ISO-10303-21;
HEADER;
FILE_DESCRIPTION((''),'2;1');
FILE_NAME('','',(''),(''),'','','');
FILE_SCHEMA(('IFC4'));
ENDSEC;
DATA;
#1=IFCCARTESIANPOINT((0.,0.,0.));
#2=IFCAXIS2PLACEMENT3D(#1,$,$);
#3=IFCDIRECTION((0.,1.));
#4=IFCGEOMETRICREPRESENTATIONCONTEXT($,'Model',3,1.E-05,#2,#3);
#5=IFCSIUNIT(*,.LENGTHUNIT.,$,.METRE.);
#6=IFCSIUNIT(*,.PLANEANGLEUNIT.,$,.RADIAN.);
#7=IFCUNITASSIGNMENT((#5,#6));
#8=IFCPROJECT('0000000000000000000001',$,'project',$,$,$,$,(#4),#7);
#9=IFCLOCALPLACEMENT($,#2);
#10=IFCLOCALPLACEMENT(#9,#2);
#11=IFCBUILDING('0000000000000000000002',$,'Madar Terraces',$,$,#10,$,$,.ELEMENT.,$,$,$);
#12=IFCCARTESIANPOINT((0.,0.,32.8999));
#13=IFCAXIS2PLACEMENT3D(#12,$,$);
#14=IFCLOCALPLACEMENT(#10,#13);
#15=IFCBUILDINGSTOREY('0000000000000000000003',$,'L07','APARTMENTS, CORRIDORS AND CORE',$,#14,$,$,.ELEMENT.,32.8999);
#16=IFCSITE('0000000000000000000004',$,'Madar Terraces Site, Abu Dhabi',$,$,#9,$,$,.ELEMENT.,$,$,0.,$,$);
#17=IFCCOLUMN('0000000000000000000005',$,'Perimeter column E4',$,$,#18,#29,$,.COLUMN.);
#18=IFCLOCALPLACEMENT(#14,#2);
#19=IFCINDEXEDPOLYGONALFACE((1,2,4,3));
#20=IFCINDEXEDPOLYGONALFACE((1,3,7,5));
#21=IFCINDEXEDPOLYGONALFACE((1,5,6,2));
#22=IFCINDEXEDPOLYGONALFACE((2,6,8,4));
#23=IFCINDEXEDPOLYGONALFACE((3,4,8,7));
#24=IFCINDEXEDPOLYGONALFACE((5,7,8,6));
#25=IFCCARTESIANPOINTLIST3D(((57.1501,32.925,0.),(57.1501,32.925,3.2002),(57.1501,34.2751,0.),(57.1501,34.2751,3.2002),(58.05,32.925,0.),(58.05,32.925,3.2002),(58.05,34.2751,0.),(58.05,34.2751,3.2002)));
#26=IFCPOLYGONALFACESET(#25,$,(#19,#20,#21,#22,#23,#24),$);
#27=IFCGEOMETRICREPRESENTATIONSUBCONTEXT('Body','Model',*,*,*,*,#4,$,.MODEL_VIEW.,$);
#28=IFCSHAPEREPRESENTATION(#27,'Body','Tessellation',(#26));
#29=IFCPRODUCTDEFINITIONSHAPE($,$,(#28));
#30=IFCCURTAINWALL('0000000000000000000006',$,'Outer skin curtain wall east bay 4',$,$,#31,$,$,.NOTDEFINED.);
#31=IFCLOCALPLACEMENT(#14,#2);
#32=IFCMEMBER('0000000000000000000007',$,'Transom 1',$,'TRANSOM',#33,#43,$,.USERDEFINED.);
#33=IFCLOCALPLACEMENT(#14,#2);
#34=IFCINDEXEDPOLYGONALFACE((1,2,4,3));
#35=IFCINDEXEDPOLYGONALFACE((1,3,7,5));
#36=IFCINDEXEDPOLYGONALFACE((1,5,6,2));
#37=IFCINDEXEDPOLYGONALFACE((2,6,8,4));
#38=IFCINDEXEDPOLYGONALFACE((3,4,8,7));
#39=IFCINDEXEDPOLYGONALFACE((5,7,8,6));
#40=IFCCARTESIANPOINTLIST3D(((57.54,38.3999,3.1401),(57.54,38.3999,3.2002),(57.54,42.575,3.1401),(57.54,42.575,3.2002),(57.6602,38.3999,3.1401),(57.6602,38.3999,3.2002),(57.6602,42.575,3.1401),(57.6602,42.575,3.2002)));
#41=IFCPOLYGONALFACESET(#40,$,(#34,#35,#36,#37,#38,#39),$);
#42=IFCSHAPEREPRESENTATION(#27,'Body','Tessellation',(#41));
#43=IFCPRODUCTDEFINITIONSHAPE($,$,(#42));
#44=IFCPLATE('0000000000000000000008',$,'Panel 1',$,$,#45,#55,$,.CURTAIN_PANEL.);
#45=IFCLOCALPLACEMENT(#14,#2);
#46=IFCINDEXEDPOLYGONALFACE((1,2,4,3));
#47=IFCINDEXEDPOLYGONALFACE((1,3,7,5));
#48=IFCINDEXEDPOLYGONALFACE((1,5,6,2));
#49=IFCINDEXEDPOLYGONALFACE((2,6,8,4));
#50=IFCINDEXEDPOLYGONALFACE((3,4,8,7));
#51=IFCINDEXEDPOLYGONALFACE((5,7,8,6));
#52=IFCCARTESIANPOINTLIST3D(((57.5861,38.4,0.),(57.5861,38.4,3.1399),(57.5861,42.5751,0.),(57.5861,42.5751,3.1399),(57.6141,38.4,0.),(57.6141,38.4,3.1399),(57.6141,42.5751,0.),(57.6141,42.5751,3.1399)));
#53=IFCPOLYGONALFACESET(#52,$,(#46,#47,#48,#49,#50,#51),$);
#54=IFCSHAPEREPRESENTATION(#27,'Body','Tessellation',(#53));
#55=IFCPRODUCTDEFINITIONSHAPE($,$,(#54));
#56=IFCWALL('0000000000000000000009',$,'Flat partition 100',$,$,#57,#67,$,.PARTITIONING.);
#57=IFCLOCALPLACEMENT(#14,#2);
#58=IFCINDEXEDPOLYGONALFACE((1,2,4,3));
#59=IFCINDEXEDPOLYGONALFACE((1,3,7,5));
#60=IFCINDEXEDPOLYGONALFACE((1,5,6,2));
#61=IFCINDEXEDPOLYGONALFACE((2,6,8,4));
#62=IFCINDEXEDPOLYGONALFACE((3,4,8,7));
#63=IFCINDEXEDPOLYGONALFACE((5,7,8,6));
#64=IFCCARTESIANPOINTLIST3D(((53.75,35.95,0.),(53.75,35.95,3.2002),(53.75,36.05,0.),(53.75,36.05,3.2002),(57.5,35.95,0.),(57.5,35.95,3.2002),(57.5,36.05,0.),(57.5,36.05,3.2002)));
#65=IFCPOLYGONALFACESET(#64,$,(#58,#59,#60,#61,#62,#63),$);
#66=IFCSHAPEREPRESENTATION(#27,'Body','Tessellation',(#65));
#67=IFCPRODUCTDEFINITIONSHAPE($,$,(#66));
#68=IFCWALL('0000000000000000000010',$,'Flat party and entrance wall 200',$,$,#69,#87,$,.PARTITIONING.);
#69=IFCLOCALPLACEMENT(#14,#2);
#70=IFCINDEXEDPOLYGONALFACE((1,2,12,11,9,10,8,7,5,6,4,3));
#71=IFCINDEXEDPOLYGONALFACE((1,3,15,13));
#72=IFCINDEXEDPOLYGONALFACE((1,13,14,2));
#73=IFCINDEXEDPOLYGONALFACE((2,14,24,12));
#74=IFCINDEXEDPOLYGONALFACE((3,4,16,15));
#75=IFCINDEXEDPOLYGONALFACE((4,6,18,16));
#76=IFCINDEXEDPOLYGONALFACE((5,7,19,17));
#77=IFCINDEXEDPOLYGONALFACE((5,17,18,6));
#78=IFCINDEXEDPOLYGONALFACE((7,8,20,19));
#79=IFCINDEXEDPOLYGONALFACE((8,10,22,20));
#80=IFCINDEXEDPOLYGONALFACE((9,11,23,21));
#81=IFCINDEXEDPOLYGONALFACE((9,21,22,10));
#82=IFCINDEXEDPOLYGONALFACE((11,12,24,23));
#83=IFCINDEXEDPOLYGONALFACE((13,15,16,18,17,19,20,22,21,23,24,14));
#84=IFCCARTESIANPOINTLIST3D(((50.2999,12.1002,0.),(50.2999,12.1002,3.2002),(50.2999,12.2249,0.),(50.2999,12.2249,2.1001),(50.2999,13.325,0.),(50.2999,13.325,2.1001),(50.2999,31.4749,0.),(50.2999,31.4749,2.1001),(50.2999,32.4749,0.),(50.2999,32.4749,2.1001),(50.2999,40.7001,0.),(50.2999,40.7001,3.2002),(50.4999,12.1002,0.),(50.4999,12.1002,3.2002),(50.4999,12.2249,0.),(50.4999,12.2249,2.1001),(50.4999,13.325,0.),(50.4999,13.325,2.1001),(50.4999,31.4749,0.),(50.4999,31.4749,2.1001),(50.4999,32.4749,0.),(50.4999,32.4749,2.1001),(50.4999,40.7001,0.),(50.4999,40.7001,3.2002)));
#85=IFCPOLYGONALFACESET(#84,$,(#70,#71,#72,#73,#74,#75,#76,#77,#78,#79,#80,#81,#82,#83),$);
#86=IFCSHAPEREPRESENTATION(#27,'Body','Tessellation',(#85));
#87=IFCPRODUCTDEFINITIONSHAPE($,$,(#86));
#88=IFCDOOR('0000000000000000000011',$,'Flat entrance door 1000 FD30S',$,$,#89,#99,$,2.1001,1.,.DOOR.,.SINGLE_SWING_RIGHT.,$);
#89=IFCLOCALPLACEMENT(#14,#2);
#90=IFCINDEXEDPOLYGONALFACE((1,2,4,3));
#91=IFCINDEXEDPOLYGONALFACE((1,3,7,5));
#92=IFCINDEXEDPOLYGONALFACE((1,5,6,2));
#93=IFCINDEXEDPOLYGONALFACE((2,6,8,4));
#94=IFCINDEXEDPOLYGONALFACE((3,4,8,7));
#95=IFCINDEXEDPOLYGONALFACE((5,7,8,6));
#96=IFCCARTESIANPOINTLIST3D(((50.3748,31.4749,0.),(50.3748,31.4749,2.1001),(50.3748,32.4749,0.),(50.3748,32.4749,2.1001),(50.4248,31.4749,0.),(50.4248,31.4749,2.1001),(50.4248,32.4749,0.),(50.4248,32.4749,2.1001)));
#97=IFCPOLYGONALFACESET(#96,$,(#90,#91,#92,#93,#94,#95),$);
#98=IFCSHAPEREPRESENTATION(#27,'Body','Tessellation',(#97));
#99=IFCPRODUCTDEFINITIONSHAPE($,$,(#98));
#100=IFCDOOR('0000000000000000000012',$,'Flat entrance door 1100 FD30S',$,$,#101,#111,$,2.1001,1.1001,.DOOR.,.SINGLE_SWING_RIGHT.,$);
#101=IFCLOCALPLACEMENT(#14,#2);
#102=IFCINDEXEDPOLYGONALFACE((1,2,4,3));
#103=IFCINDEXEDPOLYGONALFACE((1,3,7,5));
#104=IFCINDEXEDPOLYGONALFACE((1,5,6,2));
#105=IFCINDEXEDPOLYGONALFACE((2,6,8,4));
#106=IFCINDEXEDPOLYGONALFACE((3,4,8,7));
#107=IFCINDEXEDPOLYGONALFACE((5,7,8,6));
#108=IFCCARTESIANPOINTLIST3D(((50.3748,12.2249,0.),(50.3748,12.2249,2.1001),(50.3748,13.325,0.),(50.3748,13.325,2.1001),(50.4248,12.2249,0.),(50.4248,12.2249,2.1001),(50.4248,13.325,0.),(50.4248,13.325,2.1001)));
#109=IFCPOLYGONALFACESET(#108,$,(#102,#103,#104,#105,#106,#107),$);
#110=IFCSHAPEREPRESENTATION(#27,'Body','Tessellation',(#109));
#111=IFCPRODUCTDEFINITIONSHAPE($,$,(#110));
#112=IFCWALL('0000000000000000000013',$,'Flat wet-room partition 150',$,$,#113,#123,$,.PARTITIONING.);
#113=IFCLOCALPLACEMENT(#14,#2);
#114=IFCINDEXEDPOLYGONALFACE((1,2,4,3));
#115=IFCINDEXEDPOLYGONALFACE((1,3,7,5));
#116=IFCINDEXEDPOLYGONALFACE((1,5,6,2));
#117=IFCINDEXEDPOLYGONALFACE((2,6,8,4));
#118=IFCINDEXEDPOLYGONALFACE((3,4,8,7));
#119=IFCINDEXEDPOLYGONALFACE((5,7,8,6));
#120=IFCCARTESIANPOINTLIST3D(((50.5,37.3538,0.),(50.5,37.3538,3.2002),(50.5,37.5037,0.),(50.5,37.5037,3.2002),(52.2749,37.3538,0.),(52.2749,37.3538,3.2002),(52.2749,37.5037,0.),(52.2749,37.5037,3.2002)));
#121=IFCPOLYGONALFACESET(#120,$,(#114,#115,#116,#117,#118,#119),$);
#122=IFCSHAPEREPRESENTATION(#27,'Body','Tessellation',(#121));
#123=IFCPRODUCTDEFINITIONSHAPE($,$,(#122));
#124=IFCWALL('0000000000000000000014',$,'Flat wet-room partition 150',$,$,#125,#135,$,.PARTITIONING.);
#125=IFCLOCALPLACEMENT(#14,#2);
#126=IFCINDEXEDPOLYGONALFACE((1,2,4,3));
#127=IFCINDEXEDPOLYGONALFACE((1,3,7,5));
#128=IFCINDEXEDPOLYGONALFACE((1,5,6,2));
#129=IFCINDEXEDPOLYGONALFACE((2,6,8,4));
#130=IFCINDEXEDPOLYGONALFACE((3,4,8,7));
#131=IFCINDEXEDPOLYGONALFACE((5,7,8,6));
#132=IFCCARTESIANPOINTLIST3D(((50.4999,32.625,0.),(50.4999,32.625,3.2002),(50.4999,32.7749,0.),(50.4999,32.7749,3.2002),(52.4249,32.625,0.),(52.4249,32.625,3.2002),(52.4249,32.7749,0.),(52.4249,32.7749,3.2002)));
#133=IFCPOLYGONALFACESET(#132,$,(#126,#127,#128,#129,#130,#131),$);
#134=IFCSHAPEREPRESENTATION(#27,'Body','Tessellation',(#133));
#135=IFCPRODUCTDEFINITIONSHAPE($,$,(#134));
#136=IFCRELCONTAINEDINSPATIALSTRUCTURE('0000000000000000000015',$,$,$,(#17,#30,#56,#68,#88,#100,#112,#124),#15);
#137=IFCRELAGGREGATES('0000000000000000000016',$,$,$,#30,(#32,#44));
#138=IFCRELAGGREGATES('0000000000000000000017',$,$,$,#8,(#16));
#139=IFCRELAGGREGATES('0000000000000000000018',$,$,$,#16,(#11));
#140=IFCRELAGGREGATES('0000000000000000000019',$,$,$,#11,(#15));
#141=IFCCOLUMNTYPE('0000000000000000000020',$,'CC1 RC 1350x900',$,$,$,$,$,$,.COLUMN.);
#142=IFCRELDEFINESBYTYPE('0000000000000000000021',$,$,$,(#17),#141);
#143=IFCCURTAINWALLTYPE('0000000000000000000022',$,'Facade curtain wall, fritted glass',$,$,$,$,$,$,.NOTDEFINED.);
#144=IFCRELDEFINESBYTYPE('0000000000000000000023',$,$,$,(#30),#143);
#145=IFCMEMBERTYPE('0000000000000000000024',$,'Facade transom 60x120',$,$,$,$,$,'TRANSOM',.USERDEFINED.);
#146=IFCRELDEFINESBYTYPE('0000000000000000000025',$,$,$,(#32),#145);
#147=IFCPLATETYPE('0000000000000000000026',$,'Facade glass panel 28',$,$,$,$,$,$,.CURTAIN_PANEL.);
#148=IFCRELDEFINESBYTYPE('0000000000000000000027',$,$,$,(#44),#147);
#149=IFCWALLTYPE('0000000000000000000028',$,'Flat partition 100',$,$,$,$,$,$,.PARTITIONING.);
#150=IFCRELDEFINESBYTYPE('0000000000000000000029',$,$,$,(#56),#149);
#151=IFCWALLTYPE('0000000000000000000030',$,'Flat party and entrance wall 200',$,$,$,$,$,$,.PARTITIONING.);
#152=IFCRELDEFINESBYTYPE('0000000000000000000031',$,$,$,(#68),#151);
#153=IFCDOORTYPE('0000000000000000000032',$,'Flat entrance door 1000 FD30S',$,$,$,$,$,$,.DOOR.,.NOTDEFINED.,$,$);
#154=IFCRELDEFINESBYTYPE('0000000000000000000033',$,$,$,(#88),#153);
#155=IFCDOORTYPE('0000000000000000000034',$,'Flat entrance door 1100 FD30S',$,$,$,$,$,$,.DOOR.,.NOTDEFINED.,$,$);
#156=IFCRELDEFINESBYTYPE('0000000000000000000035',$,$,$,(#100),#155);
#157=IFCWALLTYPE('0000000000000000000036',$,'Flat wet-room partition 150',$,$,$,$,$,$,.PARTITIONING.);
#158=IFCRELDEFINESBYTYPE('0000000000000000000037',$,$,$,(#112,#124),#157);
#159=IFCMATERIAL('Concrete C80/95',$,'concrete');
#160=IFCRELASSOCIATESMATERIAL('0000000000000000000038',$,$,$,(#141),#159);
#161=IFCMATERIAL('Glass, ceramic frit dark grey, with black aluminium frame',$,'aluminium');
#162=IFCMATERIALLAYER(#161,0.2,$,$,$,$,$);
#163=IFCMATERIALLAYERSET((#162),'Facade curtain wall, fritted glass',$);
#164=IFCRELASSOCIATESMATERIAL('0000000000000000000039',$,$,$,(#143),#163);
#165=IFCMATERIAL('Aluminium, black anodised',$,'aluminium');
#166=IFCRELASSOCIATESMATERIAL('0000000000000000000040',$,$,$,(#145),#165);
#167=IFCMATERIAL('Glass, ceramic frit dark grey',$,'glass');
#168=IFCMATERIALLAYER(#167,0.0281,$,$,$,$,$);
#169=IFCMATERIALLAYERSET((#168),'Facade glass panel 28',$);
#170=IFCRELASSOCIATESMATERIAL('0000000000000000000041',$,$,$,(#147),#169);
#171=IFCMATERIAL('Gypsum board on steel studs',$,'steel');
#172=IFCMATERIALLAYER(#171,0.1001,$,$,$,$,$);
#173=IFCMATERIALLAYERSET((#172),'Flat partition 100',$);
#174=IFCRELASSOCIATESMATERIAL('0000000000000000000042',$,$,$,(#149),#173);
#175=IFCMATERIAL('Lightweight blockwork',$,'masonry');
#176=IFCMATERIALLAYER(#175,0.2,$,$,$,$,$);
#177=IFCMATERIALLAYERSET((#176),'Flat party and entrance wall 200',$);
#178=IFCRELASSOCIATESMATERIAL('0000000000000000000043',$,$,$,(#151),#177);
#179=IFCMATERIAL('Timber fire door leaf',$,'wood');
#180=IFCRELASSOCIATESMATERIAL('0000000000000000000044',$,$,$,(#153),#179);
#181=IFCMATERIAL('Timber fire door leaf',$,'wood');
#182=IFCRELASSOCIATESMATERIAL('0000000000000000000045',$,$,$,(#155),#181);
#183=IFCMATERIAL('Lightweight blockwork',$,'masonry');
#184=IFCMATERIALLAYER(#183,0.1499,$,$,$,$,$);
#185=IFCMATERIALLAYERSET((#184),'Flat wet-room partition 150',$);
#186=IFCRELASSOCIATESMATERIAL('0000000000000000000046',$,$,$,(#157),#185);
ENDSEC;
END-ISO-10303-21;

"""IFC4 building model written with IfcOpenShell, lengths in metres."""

from ifc_helpers import new_model, si_unit, direction, frame, frame_2d, origin, origin_2d, place, context, subcontext, project, spatial, rectangle, extrude, material, layer, layer_set, material_profile, profile_set, type_object, element, fill, aggregate, save


model = new_model("IFC4")

# Units and contexts
model_context = context("Model", 3, precision=1e-05, world=origin(), true_north=direction((0.0, 1.0)))
body_context = subcontext(model_context, "Body", "Model", "MODEL_VIEW")
ifc_project = project(units=[si_unit("LENGTHUNIT", "METRE"), si_unit("PLANEANGLEUNIT", "RADIAN")], contexts=[model_context])

# Site, building, storey
site_placement = place(None, origin())
site = spatial("IfcSite", under=ifc_project, at=site_placement, Name="Madar Terraces Site, Abu Dhabi", CompositionType="ELEMENT", RefElevation=0.0)
building_placement = place(site_placement, origin())
building = spatial("IfcBuilding", under=site, at=building_placement, Name="Madar Terraces", CompositionType="ELEMENT")
storey_placement = place(building_placement, frame((0.0, 0.0, 32.8999)))
storey = spatial("IfcBuildingStorey", under=building, at=storey_placement, Name="L07", Description="APARTMENTS, CORRIDORS AND CORE", CompositionType="ELEMENT", Elevation=32.8999)

# Column
ifc_material_1 = material(Name="Concrete C80/95", Category="concrete")
ifc_material_profile_1 = material_profile(ifc_material_1, rectangle(XDim=1.3501, YDim=0.8999, at=origin_2d()), Name="CC1 RC 1350x900")
ifc_profile_set_1 = profile_set([ifc_material_profile_1], Name="Concrete C80/95")
column_type = type_object("IfcColumnType", Name="CC1 RC 1350x900", PredefinedType="COLUMN", material=ifc_profile_set_1)
column_placement = place(storey_placement, frame((57.6001, 33.6001, 0.0), z_axis=(0.0, 0.0, 1.0), x_axis=(0.0, 1.0, 0.0)))
element("IfcColumn", 1, at=column_placement, inside=storey, type_object=column_type, Name="Perimeter column E4", PredefinedType="COLUMN", context=body_context, shape_type="SweptSolid", body=[
    extrude(rectangle(XDim=1.3501, YDim=0.8999, at=origin_2d()), origin(), (0.0, 0.0, 1.0), 3.2002),
])

# Curtain wall, member, plate
ifc_material_2 = material(Name="Glass, ceramic frit dark grey, with black aluminium frame", Category="aluminium")
ifc_layer_1 = layer(ifc_material_2, 0.2)
ifc_layer_set_1 = layer_set([ifc_layer_1], Name="Facade curtain wall, fritted glass")
curtain_wall_type = type_object("IfcCurtainWallType", Name="Facade curtain wall, fritted glass", PredefinedType="NOTDEFINED", material=ifc_layer_set_1)
curtain_wall_placement = place(storey_placement, origin())
curtain_wall = element("IfcCurtainWall", 2, at=curtain_wall_placement, inside=storey, type_object=curtain_wall_type, Name="Outer skin curtain wall east bay 4", PredefinedType="NOTDEFINED")
ifc_material_3 = material(Name="Aluminium, black anodised", Category="aluminium")
ifc_material_profile_2 = material_profile(ifc_material_3, rectangle(XDim=0.1201, YDim=0.0601, at=origin_2d()), Name="Facade transom 60x120")
ifc_profile_set_2 = profile_set([ifc_material_profile_2], Name="Aluminium, black anodised")
member_type = type_object("IfcMemberType", Name="Facade transom 60x120", ElementType="TRANSOM", PredefinedType="USERDEFINED", material=ifc_profile_set_2)
member_placement = place(storey_placement, frame((57.6001, 38.3999, 3.1702), z_axis=(0.0, 1.0, 0.0), x_axis=(-1.0, 0.0, 0.0)))
member = element("IfcMember", 3, at=member_placement, type_object=member_type, Name="Transom 1", ObjectType="TRANSOM", PredefinedType="USERDEFINED", context=body_context, shape_type="SweptSolid", body=[
    extrude(rectangle(XDim=0.1201, YDim=0.0601, at=origin_2d()), origin(), (0.0, 0.0, 1.0), 4.175),
])
ifc_material_4 = material(Name="Glass, ceramic frit dark grey", Category="glass")
ifc_layer_2 = layer(ifc_material_4, 0.0281)
ifc_layer_set_2 = layer_set([ifc_layer_2], Name="Facade glass panel 28")
plate_type = type_object("IfcPlateType", Name="Facade glass panel 28", PredefinedType="CURTAIN_PANEL", material=ifc_layer_set_2)
plate_placement = place(storey_placement, frame((57.6001, 40.4875, 0.0), z_axis=(0.0, 0.0, 1.0), x_axis=(0.0, 1.0, 0.0)))
plate = element("IfcPlate", 4, at=plate_placement, type_object=plate_type, Name="Panel 1", PredefinedType="CURTAIN_PANEL", context=body_context, shape_type="SweptSolid", body=[
    extrude(rectangle(XDim=4.175, YDim=0.0281, at=origin_2d()), origin(), (0.0, 0.0, 1.0), 3.1399),
])
aggregate(curtain_wall, [member, plate])

# Wall
ifc_material_5 = material(Name="Gypsum board on steel studs", Category="steel")
ifc_layer_3 = layer(ifc_material_5, 0.1001)
ifc_layer_set_3 = layer_set([ifc_layer_3], Name="Flat partition 100")
wall_type_1 = type_object("IfcWallType", Name="Flat partition 100", PredefinedType="PARTITIONING", material=ifc_layer_set_3)
wall_1_placement = place(storey_placement, frame((53.75, 36.0, 0.0), z_axis=(0.0, 0.0, 1.0), x_axis=(1.0, 0.0, 0.0)))
element("IfcWall", 5, at=wall_1_placement, inside=storey, type_object=wall_type_1, Name="Flat partition 100", PredefinedType="PARTITIONING", context=body_context, shape_type="SweptSolid", body=[
    extrude(rectangle(XDim=3.75, YDim=0.1001, at=frame_2d((1.875, 0.0))), origin(), (0.0, 0.0, 1.0), 3.2002),
])

# Wall, openings, doors
ifc_material_6 = material(Name="Lightweight blockwork", Category="masonry")
ifc_layer_4 = layer(ifc_material_6, 0.2)
ifc_layer_set_4 = layer_set([ifc_layer_4], Name="Flat party and entrance wall 200")
wall_type_2 = type_object("IfcWallType", Name="Flat party and entrance wall 200", PredefinedType="PARTITIONING", material=ifc_layer_set_4)
wall_2_placement = place(storey_placement, frame((50.3999, 40.7, 0.0), z_axis=(0.0, 0.0, 1.0), x_axis=(0.0, -1.0, 0.0)))
wall_2 = element("IfcWall", 6, at=wall_2_placement, inside=storey, type_object=wall_type_2, Name="Flat party and entrance wall 200", PredefinedType="PARTITIONING", context=body_context, shape_type="SweptSolid", body=[
    extrude(rectangle(XDim=28.5999, YDim=0.2, at=frame_2d((14.2998, 0.0))), origin(), (0.0, 0.0, 1.0), 3.2002),
])
opening_1_placement = place(wall_2_placement, frame((27.375, 0.0, 0.0)))
opening_1 = element("IfcOpeningElement", 7, at=opening_1_placement, cuts=wall_2, PredefinedType="OPENING", context=body_context, shape_type="SweptSolid", body=[
    extrude(rectangle(XDim=1.1001, YDim=2.1001, at=frame_2d((0.55, 1.05))), frame((0.0, 0.1099, 0.0), z_axis=(0.0, -1.0, 0.0), x_axis=(1.0, 0.0, 0.0)), (0.0, 0.0, 1.0), 0.22),
])
opening_2_placement = place(wall_2_placement, frame((8.2251, 0.0, 0.0)))
opening_2 = element("IfcOpeningElement", 8, at=opening_2_placement, cuts=wall_2, PredefinedType="OPENING", context=body_context, shape_type="SweptSolid", body=[
    extrude(rectangle(XDim=1.0, YDim=2.1001, at=frame_2d((0.5, 1.05))), frame((0.0, 0.1099, 0.0), z_axis=(0.0, -1.0, 0.0), x_axis=(1.0, 0.0, 0.0)), (0.0, 0.0, 1.0), 0.22),
])
ifc_material_7 = material(Name="Timber fire door leaf", Category="wood")
door_type_1 = type_object("IfcDoorType", Name="Flat entrance door 1000 FD30S", OperationType="NOTDEFINED", PredefinedType="DOOR", material=ifc_material_7)
door_1_placement = place(opening_2_placement, origin())
door_1 = element("IfcDoor", 9, at=door_1_placement, inside=storey, type_object=door_type_1, Name="Flat entrance door 1000 FD30S", OperationType="SINGLE_SWING_RIGHT", OverallHeight=2.1001, OverallWidth=1.0, PredefinedType="DOOR", context=body_context, shape_type="SweptSolid", body=[
    extrude(rectangle(XDim=1.0, YDim=2.1001, at=frame_2d((0.5, 1.05))), frame((0.0, 0.0249, 0.0), z_axis=(0.0, -1.0, 0.0), x_axis=(1.0, 0.0, 0.0)), (0.0, 0.0, 1.0), 0.05),
])
fill(opening_2, door_1)
ifc_material_8 = material(Name="Timber fire door leaf", Category="wood")
door_type_2 = type_object("IfcDoorType", Name="Flat entrance door 1100 FD30S", OperationType="NOTDEFINED", PredefinedType="DOOR", material=ifc_material_8)
door_2_placement = place(opening_1_placement, origin())
door_2 = element("IfcDoor", 10, at=door_2_placement, inside=storey, type_object=door_type_2, Name="Flat entrance door 1100 FD30S", OperationType="SINGLE_SWING_RIGHT", OverallHeight=2.1001, OverallWidth=1.1001, PredefinedType="DOOR", context=body_context, shape_type="SweptSolid", body=[
    extrude(rectangle(XDim=1.1001, YDim=2.1001, at=frame_2d((0.55, 1.05))), frame((0.0, 0.0249, 0.0), z_axis=(0.0, -1.0, 0.0), x_axis=(1.0, 0.0, 0.0)), (0.0, 0.0, 1.0), 0.05),
])
fill(opening_1, door_2)

# Walls
ifc_material_9 = material(Name="Lightweight blockwork", Category="masonry")
ifc_layer_5 = layer(ifc_material_9, 0.1499)
ifc_layer_set_5 = layer_set([ifc_layer_5], Name="Flat wet-room partition 150")
wall_type_3 = type_object("IfcWallType", Name="Flat wet-room partition 150", PredefinedType="PARTITIONING", material=ifc_layer_set_5)
wall_3_placement = place(storey_placement, frame((50.5, 37.4287, 0.0), z_axis=(0.0, 0.0, 1.0), x_axis=(1.0, 0.0, 0.0)))
element("IfcWall", 11, at=wall_3_placement, inside=storey, type_object=wall_type_3, Name="Flat wet-room partition 150", PredefinedType="PARTITIONING", context=body_context, shape_type="SweptSolid", body=[
    extrude(rectangle(XDim=1.7749, YDim=0.1499, at=frame_2d((0.8875, 0.0))), origin(), (0.0, 0.0, 1.0), 3.2002),
])
wall_4_placement = place(storey_placement, frame((50.5, 32.7, 0.0), z_axis=(0.0, 0.0, 1.0), x_axis=(1.0, 0.0, 0.0)))
element("IfcWall", 12, at=wall_4_placement, inside=storey, type_object=wall_type_3, Name="Flat wet-room partition 150", PredefinedType="PARTITIONING", context=body_context, shape_type="SweptSolid", body=[
    extrude(rectangle(XDim=1.925, YDim=0.1499, at=frame_2d((0.9624, 0.0))), origin(), (0.0, 0.0, 1.0), 3.2002),
])

save(model, "model.ifc")
